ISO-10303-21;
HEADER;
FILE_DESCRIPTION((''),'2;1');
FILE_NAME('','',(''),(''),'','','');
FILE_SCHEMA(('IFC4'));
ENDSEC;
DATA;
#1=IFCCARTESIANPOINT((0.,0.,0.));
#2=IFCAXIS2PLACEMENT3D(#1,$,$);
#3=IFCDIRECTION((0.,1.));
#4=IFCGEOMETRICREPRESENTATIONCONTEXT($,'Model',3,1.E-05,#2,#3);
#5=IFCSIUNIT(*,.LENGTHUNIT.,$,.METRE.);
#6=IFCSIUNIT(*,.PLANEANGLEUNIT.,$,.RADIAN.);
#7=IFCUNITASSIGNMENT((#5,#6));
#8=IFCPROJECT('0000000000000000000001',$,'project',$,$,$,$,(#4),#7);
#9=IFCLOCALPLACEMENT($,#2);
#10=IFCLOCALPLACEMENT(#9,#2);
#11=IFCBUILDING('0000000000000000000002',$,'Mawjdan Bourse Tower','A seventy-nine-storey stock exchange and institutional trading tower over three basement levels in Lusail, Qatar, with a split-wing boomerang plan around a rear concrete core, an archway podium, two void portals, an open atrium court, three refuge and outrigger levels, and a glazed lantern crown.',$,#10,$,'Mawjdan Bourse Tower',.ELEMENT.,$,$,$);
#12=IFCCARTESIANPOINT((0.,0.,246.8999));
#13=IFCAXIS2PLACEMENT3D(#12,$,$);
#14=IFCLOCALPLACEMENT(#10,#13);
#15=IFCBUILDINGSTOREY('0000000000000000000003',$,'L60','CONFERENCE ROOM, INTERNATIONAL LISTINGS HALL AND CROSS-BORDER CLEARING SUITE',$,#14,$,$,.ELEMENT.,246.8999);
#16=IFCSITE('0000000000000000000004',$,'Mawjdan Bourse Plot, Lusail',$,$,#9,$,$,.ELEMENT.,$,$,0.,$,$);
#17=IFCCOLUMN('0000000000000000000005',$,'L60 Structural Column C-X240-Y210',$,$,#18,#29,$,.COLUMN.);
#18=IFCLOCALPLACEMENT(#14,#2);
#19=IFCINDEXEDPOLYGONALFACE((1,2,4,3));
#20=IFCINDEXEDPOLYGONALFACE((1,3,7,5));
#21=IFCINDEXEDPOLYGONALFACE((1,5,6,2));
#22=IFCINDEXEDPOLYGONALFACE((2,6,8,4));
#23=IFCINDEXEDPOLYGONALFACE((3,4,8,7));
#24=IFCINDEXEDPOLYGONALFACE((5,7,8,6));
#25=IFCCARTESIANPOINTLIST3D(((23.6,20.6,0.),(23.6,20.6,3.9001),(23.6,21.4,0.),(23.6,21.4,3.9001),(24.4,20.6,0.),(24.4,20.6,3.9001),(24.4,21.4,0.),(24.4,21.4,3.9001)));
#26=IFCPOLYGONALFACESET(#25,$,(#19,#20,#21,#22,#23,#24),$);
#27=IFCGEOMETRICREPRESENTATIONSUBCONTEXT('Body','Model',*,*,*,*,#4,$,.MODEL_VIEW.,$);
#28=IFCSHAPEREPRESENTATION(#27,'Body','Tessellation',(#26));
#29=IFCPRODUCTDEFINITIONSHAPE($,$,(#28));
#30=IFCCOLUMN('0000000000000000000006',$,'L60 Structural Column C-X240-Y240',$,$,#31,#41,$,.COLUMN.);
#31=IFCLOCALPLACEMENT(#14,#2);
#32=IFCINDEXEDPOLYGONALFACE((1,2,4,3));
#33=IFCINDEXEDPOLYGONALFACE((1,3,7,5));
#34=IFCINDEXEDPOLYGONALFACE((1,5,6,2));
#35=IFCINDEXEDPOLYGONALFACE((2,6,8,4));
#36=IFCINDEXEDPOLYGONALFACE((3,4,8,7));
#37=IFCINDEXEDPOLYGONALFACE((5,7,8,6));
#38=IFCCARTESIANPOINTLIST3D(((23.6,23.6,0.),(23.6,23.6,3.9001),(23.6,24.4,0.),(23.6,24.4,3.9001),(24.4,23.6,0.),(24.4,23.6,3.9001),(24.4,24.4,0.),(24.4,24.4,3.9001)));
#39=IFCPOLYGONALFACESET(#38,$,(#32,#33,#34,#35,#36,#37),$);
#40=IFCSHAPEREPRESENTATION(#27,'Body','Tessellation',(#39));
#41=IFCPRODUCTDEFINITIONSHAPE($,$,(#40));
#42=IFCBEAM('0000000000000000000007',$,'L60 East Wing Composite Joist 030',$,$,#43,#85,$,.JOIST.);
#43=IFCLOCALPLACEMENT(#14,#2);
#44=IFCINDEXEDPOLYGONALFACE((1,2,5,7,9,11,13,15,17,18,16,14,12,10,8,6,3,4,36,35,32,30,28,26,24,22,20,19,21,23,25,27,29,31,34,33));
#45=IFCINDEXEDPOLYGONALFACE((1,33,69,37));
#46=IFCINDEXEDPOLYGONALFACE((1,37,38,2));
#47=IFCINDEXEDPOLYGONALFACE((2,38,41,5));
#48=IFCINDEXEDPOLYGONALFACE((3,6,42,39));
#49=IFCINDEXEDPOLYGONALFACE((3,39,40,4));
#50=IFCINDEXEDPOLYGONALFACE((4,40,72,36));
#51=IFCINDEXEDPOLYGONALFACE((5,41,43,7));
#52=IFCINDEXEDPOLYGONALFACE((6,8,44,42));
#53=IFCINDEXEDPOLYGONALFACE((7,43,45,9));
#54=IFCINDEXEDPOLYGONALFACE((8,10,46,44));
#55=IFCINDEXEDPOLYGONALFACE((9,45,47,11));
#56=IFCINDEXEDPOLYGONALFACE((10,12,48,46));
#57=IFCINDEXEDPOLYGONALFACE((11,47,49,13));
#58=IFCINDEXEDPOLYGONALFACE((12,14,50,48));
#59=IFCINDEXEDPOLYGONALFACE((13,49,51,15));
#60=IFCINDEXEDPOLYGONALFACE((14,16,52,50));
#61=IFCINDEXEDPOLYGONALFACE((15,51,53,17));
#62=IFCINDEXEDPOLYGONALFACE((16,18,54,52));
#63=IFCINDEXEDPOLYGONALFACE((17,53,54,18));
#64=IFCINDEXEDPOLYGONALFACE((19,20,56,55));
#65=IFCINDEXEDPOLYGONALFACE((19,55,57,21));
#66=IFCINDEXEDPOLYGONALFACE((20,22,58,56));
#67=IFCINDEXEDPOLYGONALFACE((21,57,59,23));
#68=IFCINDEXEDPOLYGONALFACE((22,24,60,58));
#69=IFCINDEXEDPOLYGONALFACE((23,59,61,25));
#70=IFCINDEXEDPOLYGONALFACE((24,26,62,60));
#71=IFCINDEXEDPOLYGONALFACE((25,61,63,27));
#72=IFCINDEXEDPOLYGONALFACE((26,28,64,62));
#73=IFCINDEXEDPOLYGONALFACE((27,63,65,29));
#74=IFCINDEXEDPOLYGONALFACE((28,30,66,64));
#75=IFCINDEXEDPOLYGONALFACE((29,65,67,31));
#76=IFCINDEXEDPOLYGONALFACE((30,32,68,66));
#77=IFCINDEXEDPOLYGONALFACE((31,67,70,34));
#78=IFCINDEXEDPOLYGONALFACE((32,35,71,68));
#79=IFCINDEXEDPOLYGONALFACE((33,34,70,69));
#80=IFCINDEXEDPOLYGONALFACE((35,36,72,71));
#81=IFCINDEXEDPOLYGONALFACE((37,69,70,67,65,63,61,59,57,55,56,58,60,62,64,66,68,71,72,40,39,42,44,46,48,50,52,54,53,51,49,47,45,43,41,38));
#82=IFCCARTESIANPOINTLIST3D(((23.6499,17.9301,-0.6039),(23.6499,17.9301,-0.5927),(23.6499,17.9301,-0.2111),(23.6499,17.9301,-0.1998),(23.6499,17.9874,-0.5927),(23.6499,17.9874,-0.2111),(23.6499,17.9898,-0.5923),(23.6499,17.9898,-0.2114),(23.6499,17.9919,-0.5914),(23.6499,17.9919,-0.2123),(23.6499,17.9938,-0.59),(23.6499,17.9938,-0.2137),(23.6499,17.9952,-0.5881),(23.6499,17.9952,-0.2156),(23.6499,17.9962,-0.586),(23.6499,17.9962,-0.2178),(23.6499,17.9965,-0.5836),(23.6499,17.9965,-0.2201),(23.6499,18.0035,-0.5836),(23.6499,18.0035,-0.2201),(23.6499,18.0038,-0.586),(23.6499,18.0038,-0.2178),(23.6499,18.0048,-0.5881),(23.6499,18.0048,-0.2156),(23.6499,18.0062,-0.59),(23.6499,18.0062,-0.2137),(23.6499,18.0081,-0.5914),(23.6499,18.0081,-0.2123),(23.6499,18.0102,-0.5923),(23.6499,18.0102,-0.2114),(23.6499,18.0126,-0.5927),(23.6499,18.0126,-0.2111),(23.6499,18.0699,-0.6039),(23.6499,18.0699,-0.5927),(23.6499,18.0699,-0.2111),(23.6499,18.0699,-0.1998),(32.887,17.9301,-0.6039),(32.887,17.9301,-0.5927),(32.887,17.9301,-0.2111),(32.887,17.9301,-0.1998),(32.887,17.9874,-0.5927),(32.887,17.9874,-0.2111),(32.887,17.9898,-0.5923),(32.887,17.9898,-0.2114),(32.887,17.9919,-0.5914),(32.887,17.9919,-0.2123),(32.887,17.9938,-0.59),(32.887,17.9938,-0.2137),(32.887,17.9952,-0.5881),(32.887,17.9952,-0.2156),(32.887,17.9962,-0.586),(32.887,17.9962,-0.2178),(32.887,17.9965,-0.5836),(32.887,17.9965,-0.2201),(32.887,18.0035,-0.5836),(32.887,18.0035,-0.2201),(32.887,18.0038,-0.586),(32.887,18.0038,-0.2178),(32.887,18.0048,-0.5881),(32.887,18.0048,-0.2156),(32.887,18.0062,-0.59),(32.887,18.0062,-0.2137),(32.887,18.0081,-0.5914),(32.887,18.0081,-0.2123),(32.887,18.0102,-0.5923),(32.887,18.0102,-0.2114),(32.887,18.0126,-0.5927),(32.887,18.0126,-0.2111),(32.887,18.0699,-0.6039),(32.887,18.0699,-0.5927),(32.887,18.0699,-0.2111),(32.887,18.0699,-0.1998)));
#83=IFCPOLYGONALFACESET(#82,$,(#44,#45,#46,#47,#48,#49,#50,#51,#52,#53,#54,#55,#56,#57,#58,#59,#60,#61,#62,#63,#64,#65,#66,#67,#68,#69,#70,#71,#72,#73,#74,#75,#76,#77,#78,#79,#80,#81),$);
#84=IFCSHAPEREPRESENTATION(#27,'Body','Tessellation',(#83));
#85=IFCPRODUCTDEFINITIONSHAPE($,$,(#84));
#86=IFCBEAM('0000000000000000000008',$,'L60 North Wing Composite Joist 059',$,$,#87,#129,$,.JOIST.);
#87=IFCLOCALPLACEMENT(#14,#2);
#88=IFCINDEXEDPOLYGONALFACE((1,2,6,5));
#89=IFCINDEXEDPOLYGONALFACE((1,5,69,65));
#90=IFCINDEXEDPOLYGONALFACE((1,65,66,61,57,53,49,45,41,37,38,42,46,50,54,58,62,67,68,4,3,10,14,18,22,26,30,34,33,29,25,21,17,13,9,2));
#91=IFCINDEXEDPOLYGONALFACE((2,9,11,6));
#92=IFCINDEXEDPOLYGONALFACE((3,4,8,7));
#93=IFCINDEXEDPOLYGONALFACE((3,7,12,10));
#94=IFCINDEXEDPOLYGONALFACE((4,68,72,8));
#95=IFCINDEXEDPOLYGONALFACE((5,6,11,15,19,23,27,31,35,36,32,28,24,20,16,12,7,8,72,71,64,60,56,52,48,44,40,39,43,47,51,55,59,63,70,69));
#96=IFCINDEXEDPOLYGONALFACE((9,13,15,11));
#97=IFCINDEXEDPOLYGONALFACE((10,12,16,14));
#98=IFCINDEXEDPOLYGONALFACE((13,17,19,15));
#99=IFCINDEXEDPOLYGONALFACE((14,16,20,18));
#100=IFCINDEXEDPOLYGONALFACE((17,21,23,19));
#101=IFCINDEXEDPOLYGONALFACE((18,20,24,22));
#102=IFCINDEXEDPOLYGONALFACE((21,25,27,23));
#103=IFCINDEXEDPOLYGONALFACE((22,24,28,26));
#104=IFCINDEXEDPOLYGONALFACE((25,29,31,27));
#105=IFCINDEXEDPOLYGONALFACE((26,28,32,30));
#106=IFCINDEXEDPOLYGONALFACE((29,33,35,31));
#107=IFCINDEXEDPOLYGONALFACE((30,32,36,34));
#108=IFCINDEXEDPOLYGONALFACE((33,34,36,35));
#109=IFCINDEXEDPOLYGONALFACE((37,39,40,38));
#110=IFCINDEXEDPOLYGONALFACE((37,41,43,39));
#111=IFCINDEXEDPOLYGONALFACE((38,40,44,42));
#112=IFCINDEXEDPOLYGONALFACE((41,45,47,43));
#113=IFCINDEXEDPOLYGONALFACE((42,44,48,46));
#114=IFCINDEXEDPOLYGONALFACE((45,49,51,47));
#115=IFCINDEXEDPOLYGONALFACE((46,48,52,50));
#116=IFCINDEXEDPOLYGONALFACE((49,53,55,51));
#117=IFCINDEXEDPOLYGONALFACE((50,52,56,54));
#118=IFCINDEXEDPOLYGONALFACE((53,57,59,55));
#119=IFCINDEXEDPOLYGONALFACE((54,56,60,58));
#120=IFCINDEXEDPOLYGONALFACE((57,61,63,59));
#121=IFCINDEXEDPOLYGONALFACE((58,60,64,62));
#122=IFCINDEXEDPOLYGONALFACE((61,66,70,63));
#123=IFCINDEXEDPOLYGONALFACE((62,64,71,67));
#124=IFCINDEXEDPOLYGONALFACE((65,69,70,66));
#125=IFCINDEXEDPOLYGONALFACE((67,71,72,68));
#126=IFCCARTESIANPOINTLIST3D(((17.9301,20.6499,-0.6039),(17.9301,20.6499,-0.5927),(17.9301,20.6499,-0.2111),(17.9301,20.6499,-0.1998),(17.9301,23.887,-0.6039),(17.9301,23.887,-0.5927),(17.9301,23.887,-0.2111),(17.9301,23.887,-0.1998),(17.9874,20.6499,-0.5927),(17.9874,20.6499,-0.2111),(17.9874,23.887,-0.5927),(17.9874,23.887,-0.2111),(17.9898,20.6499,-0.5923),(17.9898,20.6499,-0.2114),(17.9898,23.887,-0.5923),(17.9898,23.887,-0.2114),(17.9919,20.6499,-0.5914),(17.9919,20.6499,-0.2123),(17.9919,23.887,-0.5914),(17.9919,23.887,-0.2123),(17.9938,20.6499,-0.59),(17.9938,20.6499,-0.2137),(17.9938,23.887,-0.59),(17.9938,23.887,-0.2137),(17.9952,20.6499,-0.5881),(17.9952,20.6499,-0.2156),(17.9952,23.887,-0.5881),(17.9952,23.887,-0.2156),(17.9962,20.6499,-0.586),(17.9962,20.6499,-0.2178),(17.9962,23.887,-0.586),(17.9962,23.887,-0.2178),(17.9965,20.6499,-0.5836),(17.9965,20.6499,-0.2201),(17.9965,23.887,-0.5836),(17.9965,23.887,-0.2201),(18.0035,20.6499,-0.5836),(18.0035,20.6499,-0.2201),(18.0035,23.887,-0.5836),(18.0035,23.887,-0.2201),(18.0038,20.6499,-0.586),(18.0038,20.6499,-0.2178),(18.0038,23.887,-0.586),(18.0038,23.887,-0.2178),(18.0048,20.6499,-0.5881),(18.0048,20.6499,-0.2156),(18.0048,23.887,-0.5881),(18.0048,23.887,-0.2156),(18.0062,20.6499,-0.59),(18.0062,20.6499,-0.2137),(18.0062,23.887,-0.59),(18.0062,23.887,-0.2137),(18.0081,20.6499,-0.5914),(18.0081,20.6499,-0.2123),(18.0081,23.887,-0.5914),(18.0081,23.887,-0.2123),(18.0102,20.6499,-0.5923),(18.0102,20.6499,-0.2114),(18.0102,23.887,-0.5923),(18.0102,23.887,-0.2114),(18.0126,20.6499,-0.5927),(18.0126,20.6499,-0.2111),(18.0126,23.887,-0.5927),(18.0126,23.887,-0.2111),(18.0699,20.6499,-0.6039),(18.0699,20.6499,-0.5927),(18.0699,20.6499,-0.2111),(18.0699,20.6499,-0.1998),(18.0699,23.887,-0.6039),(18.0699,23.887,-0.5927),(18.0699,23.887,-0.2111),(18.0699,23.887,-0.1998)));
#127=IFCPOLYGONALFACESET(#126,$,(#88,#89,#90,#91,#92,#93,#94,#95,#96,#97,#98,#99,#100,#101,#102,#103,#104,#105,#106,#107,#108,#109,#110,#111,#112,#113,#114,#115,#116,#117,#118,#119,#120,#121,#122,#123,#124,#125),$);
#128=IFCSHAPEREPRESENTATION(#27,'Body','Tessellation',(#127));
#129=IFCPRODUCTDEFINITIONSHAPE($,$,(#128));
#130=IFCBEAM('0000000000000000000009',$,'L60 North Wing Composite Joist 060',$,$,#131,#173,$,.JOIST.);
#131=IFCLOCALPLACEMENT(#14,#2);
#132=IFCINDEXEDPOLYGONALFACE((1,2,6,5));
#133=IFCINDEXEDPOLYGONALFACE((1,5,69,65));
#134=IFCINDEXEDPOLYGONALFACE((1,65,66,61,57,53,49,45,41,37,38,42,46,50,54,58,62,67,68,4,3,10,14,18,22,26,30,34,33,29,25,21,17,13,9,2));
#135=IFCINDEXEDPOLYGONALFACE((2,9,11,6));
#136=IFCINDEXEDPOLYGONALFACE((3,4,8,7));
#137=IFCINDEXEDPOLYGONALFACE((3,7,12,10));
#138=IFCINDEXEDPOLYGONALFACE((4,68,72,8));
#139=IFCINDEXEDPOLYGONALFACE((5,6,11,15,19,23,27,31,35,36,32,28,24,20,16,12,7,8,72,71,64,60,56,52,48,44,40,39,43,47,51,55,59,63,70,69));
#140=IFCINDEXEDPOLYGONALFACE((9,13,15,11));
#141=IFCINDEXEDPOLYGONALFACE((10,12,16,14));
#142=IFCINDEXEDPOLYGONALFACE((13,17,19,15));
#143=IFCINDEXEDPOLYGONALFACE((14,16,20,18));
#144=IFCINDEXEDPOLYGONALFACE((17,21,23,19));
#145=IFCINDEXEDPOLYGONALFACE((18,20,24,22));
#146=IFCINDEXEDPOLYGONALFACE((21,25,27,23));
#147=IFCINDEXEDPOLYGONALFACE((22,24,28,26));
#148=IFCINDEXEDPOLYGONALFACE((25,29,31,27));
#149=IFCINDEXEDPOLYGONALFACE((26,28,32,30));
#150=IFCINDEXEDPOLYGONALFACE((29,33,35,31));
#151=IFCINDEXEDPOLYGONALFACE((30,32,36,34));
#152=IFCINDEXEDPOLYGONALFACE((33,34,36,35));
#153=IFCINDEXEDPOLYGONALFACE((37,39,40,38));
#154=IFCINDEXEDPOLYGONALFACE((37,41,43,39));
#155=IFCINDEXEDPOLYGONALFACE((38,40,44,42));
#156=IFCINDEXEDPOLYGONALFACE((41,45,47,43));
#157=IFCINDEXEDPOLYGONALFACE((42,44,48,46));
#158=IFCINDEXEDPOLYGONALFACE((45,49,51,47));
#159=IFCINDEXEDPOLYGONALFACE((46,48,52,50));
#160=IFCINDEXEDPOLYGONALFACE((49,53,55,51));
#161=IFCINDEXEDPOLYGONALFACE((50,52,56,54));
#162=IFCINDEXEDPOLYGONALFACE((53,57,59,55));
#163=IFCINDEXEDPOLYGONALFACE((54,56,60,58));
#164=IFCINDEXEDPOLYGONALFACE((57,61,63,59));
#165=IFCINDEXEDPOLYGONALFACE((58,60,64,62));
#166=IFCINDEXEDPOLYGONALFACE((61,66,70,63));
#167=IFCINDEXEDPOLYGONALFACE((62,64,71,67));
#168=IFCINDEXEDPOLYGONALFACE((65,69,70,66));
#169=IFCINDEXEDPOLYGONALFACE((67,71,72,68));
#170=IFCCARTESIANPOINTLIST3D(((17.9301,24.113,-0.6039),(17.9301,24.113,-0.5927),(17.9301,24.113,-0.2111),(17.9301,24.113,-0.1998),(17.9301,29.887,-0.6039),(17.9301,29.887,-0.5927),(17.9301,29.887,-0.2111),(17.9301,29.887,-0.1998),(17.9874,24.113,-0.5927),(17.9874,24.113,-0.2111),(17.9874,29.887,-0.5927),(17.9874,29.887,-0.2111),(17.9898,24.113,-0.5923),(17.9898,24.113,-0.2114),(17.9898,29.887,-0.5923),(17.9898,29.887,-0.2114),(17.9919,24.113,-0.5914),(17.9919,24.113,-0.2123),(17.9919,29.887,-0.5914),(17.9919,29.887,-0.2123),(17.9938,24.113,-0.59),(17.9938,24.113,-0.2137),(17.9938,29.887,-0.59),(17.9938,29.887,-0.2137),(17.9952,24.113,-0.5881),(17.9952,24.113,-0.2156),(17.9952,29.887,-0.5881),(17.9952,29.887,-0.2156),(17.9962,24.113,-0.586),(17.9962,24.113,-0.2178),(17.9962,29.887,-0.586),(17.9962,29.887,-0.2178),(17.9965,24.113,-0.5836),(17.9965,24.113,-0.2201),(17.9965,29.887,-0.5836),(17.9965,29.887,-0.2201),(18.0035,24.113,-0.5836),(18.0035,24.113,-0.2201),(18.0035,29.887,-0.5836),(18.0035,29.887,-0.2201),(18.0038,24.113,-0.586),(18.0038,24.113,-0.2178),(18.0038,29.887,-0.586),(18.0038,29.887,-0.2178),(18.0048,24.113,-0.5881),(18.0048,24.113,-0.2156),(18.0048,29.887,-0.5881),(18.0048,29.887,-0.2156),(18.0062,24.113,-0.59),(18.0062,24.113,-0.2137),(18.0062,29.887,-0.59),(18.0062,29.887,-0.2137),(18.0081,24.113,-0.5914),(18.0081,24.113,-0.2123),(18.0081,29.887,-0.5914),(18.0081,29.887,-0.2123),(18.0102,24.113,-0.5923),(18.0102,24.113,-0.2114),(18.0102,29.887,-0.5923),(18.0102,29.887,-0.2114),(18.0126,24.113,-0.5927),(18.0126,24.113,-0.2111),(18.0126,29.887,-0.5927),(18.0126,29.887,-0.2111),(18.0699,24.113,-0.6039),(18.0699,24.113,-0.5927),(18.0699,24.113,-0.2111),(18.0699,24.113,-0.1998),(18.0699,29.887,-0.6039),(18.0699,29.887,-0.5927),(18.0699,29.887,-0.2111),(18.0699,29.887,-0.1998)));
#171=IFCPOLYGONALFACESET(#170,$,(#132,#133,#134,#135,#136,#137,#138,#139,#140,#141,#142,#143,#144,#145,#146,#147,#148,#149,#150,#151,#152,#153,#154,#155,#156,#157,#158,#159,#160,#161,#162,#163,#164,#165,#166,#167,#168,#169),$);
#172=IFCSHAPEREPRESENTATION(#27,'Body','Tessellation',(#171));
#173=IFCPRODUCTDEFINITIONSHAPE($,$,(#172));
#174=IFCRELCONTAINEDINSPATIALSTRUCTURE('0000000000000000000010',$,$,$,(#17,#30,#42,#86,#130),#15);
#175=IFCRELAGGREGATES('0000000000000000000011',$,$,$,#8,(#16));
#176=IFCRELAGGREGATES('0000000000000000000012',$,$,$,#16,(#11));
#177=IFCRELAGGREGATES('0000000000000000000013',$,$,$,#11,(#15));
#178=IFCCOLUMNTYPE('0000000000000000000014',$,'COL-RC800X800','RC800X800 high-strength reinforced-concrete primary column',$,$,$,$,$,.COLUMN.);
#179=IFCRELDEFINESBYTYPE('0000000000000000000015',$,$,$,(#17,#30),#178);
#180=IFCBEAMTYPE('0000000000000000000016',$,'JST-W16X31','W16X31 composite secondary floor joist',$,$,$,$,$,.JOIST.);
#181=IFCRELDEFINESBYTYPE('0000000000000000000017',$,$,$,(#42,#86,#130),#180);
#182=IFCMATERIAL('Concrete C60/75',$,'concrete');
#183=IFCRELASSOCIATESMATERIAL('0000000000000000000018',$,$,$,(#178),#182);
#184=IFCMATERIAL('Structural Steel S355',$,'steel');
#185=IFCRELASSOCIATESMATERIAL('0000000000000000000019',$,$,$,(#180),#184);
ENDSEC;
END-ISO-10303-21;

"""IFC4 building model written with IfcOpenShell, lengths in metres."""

from ifc_helpers import new_model, si_unit, direction, frame, origin, origin_2d, place, context, subcontext, project, spatial, rectangle, i_section, extrude, material, material_profile, profile_set, type_object, element, save


model = new_model("IFC4")

# Units and contexts
model_context = context("Model", 3, precision=1e-05, world=origin(), true_north=direction((0.0, 1.0)))
body_context = subcontext(model_context, "Body", "Model", "MODEL_VIEW")
ifc_project = project(units=[si_unit("LENGTHUNIT", "METRE"), si_unit("PLANEANGLEUNIT", "RADIAN")], contexts=[model_context])

# Site, building, storey
site_placement = place(None, origin())
site = spatial("IfcSite", under=ifc_project, at=site_placement, Name="Mawjdan Bourse Plot, Lusail", CompositionType="ELEMENT", RefElevation=0.0)
building_placement = place(site_placement, origin())
building = spatial("IfcBuilding", under=site, at=building_placement, Name="Mawjdan Bourse Tower", Description="A seventy-nine-storey stock exchange and institutional trading tower over three basement levels in Lusail, Qatar, with a split-wing boomerang plan around a rear concrete core, an archway podium, two void portals, an open atrium court, three refuge and outrigger levels, and a glazed lantern crown.", LongName="Mawjdan Bourse Tower", CompositionType="ELEMENT")
storey_placement = place(building_placement, frame((0.0, 0.0, 246.8999)))
storey = spatial("IfcBuildingStorey", under=building, at=storey_placement, Name="L60", Description="CONFERENCE ROOM, INTERNATIONAL LISTINGS HALL AND CROSS-BORDER CLEARING SUITE", CompositionType="ELEMENT", Elevation=246.8999)

# Columns
ifc_material_1 = material(Name="Concrete C60/75", Category="concrete")
ifc_material_profile_1 = material_profile(ifc_material_1, rectangle(XDim=0.8, YDim=0.8, at=origin_2d()), Name="RC800X800")
ifc_profile_set_1 = profile_set([ifc_material_profile_1], Name="Concrete C60/75")
column_type = type_object("IfcColumnType", Name="COL-RC800X800", Description="RC800X800 high-strength reinforced-concrete primary column", PredefinedType="COLUMN", material=ifc_profile_set_1)
for number, where, z_axis, x_axis, name in (
    (1, (24.0, 21.0, 0.0), (0.0, 0.0, 1.0), (1.0, 0.0, 0.0), "L60 Structural Column C-X240-Y210"),
    (2, (24.0, 24.0, 0.0), (0.0, 0.0, 1.0), (1.0, 0.0, 0.0), "L60 Structural Column C-X240-Y240"),
):
    element("IfcColumn", number, at=place(storey_placement, frame(where, z_axis=z_axis, x_axis=x_axis)), inside=storey, type_object=column_type, Name=name, PredefinedType="COLUMN", context=body_context, shape_type="SweptSolid", body=[
        extrude(rectangle(XDim=0.8, YDim=0.8, at=origin_2d()), origin(), (0.0, 0.0, 1.0), 3.9001),
    ])

# Beams
ifc_material_2 = material(Name="Structural Steel S355", Category="steel")
ifc_material_profile_2 = material_profile(ifc_material_2, i_section(OverallWidth=0.1399, OverallDepth=0.4041, WebThickness=0.0071, FlangeThickness=0.0112, FilletRadius=0.009, at=origin_2d()), Name="W16X31")
ifc_profile_set_2 = profile_set([ifc_material_profile_2], Name="Structural Steel S355")
beam_type_1 = type_object("IfcBeamType", Name="JST-W16X31", Description="W16X31 composite secondary floor joist", PredefinedType="JOIST", material=ifc_profile_set_2)
beam_1_placement = place(storey_placement, frame((23.6499, 18.0, -0.4019), z_axis=(1.0, 0.0, 0.0), x_axis=(0.0, 1.0, 0.0)))
element("IfcBeam", 3, at=beam_1_placement, inside=storey, type_object=beam_type_1, Name="L60 East Wing Composite Joist 030", PredefinedType="JOIST", context=body_context, shape_type="SweptSolid", body=[
    extrude(i_section(OverallWidth=0.1399, OverallDepth=0.4041, WebThickness=0.0071, FlangeThickness=0.0112, FilletRadius=0.009, at=origin_2d()), origin(), (0.0, 0.0, 1.0), 9.2371),
])
beam_2_placement = place(storey_placement, frame((18.0, 20.6499, -0.4019), z_axis=(0.0, 1.0, 0.0), x_axis=(-1.0, 0.0, 0.0)))
element("IfcBeam", 4, at=beam_2_placement, inside=storey, type_object=beam_type_1, Name="L60 North Wing Composite Joist 059", PredefinedType="JOIST", context=body_context, shape_type="SweptSolid", body=[
    extrude(i_section(OverallWidth=0.1399, OverallDepth=0.4041, WebThickness=0.0071, FlangeThickness=0.0112, FilletRadius=0.009, at=origin_2d()), origin(), (0.0, 0.0, 1.0), 3.2371),
])
for number, where, z_axis, x_axis, name in (
    (5, (18.0, 24.113, -0.4019), (0.0, 1.0, 0.0), (-1.0, 0.0, 0.0), "L60 North Wing Composite Joist 060"),
):
    element("IfcBeam", number, at=place(storey_placement, frame(where, z_axis=z_axis, x_axis=x_axis)), inside=storey, type_object=beam_type_1, Name=name, PredefinedType="JOIST", context=body_context, shape_type="SweptSolid", body=[
        extrude(i_section(OverallWidth=0.1399, OverallDepth=0.4041, WebThickness=0.0071, FlangeThickness=0.0112, FilletRadius=0.009, at=origin_2d()), origin(), (0.0, 0.0, 1.0), 5.7739),
    ])

save(model, "model.ifc")
